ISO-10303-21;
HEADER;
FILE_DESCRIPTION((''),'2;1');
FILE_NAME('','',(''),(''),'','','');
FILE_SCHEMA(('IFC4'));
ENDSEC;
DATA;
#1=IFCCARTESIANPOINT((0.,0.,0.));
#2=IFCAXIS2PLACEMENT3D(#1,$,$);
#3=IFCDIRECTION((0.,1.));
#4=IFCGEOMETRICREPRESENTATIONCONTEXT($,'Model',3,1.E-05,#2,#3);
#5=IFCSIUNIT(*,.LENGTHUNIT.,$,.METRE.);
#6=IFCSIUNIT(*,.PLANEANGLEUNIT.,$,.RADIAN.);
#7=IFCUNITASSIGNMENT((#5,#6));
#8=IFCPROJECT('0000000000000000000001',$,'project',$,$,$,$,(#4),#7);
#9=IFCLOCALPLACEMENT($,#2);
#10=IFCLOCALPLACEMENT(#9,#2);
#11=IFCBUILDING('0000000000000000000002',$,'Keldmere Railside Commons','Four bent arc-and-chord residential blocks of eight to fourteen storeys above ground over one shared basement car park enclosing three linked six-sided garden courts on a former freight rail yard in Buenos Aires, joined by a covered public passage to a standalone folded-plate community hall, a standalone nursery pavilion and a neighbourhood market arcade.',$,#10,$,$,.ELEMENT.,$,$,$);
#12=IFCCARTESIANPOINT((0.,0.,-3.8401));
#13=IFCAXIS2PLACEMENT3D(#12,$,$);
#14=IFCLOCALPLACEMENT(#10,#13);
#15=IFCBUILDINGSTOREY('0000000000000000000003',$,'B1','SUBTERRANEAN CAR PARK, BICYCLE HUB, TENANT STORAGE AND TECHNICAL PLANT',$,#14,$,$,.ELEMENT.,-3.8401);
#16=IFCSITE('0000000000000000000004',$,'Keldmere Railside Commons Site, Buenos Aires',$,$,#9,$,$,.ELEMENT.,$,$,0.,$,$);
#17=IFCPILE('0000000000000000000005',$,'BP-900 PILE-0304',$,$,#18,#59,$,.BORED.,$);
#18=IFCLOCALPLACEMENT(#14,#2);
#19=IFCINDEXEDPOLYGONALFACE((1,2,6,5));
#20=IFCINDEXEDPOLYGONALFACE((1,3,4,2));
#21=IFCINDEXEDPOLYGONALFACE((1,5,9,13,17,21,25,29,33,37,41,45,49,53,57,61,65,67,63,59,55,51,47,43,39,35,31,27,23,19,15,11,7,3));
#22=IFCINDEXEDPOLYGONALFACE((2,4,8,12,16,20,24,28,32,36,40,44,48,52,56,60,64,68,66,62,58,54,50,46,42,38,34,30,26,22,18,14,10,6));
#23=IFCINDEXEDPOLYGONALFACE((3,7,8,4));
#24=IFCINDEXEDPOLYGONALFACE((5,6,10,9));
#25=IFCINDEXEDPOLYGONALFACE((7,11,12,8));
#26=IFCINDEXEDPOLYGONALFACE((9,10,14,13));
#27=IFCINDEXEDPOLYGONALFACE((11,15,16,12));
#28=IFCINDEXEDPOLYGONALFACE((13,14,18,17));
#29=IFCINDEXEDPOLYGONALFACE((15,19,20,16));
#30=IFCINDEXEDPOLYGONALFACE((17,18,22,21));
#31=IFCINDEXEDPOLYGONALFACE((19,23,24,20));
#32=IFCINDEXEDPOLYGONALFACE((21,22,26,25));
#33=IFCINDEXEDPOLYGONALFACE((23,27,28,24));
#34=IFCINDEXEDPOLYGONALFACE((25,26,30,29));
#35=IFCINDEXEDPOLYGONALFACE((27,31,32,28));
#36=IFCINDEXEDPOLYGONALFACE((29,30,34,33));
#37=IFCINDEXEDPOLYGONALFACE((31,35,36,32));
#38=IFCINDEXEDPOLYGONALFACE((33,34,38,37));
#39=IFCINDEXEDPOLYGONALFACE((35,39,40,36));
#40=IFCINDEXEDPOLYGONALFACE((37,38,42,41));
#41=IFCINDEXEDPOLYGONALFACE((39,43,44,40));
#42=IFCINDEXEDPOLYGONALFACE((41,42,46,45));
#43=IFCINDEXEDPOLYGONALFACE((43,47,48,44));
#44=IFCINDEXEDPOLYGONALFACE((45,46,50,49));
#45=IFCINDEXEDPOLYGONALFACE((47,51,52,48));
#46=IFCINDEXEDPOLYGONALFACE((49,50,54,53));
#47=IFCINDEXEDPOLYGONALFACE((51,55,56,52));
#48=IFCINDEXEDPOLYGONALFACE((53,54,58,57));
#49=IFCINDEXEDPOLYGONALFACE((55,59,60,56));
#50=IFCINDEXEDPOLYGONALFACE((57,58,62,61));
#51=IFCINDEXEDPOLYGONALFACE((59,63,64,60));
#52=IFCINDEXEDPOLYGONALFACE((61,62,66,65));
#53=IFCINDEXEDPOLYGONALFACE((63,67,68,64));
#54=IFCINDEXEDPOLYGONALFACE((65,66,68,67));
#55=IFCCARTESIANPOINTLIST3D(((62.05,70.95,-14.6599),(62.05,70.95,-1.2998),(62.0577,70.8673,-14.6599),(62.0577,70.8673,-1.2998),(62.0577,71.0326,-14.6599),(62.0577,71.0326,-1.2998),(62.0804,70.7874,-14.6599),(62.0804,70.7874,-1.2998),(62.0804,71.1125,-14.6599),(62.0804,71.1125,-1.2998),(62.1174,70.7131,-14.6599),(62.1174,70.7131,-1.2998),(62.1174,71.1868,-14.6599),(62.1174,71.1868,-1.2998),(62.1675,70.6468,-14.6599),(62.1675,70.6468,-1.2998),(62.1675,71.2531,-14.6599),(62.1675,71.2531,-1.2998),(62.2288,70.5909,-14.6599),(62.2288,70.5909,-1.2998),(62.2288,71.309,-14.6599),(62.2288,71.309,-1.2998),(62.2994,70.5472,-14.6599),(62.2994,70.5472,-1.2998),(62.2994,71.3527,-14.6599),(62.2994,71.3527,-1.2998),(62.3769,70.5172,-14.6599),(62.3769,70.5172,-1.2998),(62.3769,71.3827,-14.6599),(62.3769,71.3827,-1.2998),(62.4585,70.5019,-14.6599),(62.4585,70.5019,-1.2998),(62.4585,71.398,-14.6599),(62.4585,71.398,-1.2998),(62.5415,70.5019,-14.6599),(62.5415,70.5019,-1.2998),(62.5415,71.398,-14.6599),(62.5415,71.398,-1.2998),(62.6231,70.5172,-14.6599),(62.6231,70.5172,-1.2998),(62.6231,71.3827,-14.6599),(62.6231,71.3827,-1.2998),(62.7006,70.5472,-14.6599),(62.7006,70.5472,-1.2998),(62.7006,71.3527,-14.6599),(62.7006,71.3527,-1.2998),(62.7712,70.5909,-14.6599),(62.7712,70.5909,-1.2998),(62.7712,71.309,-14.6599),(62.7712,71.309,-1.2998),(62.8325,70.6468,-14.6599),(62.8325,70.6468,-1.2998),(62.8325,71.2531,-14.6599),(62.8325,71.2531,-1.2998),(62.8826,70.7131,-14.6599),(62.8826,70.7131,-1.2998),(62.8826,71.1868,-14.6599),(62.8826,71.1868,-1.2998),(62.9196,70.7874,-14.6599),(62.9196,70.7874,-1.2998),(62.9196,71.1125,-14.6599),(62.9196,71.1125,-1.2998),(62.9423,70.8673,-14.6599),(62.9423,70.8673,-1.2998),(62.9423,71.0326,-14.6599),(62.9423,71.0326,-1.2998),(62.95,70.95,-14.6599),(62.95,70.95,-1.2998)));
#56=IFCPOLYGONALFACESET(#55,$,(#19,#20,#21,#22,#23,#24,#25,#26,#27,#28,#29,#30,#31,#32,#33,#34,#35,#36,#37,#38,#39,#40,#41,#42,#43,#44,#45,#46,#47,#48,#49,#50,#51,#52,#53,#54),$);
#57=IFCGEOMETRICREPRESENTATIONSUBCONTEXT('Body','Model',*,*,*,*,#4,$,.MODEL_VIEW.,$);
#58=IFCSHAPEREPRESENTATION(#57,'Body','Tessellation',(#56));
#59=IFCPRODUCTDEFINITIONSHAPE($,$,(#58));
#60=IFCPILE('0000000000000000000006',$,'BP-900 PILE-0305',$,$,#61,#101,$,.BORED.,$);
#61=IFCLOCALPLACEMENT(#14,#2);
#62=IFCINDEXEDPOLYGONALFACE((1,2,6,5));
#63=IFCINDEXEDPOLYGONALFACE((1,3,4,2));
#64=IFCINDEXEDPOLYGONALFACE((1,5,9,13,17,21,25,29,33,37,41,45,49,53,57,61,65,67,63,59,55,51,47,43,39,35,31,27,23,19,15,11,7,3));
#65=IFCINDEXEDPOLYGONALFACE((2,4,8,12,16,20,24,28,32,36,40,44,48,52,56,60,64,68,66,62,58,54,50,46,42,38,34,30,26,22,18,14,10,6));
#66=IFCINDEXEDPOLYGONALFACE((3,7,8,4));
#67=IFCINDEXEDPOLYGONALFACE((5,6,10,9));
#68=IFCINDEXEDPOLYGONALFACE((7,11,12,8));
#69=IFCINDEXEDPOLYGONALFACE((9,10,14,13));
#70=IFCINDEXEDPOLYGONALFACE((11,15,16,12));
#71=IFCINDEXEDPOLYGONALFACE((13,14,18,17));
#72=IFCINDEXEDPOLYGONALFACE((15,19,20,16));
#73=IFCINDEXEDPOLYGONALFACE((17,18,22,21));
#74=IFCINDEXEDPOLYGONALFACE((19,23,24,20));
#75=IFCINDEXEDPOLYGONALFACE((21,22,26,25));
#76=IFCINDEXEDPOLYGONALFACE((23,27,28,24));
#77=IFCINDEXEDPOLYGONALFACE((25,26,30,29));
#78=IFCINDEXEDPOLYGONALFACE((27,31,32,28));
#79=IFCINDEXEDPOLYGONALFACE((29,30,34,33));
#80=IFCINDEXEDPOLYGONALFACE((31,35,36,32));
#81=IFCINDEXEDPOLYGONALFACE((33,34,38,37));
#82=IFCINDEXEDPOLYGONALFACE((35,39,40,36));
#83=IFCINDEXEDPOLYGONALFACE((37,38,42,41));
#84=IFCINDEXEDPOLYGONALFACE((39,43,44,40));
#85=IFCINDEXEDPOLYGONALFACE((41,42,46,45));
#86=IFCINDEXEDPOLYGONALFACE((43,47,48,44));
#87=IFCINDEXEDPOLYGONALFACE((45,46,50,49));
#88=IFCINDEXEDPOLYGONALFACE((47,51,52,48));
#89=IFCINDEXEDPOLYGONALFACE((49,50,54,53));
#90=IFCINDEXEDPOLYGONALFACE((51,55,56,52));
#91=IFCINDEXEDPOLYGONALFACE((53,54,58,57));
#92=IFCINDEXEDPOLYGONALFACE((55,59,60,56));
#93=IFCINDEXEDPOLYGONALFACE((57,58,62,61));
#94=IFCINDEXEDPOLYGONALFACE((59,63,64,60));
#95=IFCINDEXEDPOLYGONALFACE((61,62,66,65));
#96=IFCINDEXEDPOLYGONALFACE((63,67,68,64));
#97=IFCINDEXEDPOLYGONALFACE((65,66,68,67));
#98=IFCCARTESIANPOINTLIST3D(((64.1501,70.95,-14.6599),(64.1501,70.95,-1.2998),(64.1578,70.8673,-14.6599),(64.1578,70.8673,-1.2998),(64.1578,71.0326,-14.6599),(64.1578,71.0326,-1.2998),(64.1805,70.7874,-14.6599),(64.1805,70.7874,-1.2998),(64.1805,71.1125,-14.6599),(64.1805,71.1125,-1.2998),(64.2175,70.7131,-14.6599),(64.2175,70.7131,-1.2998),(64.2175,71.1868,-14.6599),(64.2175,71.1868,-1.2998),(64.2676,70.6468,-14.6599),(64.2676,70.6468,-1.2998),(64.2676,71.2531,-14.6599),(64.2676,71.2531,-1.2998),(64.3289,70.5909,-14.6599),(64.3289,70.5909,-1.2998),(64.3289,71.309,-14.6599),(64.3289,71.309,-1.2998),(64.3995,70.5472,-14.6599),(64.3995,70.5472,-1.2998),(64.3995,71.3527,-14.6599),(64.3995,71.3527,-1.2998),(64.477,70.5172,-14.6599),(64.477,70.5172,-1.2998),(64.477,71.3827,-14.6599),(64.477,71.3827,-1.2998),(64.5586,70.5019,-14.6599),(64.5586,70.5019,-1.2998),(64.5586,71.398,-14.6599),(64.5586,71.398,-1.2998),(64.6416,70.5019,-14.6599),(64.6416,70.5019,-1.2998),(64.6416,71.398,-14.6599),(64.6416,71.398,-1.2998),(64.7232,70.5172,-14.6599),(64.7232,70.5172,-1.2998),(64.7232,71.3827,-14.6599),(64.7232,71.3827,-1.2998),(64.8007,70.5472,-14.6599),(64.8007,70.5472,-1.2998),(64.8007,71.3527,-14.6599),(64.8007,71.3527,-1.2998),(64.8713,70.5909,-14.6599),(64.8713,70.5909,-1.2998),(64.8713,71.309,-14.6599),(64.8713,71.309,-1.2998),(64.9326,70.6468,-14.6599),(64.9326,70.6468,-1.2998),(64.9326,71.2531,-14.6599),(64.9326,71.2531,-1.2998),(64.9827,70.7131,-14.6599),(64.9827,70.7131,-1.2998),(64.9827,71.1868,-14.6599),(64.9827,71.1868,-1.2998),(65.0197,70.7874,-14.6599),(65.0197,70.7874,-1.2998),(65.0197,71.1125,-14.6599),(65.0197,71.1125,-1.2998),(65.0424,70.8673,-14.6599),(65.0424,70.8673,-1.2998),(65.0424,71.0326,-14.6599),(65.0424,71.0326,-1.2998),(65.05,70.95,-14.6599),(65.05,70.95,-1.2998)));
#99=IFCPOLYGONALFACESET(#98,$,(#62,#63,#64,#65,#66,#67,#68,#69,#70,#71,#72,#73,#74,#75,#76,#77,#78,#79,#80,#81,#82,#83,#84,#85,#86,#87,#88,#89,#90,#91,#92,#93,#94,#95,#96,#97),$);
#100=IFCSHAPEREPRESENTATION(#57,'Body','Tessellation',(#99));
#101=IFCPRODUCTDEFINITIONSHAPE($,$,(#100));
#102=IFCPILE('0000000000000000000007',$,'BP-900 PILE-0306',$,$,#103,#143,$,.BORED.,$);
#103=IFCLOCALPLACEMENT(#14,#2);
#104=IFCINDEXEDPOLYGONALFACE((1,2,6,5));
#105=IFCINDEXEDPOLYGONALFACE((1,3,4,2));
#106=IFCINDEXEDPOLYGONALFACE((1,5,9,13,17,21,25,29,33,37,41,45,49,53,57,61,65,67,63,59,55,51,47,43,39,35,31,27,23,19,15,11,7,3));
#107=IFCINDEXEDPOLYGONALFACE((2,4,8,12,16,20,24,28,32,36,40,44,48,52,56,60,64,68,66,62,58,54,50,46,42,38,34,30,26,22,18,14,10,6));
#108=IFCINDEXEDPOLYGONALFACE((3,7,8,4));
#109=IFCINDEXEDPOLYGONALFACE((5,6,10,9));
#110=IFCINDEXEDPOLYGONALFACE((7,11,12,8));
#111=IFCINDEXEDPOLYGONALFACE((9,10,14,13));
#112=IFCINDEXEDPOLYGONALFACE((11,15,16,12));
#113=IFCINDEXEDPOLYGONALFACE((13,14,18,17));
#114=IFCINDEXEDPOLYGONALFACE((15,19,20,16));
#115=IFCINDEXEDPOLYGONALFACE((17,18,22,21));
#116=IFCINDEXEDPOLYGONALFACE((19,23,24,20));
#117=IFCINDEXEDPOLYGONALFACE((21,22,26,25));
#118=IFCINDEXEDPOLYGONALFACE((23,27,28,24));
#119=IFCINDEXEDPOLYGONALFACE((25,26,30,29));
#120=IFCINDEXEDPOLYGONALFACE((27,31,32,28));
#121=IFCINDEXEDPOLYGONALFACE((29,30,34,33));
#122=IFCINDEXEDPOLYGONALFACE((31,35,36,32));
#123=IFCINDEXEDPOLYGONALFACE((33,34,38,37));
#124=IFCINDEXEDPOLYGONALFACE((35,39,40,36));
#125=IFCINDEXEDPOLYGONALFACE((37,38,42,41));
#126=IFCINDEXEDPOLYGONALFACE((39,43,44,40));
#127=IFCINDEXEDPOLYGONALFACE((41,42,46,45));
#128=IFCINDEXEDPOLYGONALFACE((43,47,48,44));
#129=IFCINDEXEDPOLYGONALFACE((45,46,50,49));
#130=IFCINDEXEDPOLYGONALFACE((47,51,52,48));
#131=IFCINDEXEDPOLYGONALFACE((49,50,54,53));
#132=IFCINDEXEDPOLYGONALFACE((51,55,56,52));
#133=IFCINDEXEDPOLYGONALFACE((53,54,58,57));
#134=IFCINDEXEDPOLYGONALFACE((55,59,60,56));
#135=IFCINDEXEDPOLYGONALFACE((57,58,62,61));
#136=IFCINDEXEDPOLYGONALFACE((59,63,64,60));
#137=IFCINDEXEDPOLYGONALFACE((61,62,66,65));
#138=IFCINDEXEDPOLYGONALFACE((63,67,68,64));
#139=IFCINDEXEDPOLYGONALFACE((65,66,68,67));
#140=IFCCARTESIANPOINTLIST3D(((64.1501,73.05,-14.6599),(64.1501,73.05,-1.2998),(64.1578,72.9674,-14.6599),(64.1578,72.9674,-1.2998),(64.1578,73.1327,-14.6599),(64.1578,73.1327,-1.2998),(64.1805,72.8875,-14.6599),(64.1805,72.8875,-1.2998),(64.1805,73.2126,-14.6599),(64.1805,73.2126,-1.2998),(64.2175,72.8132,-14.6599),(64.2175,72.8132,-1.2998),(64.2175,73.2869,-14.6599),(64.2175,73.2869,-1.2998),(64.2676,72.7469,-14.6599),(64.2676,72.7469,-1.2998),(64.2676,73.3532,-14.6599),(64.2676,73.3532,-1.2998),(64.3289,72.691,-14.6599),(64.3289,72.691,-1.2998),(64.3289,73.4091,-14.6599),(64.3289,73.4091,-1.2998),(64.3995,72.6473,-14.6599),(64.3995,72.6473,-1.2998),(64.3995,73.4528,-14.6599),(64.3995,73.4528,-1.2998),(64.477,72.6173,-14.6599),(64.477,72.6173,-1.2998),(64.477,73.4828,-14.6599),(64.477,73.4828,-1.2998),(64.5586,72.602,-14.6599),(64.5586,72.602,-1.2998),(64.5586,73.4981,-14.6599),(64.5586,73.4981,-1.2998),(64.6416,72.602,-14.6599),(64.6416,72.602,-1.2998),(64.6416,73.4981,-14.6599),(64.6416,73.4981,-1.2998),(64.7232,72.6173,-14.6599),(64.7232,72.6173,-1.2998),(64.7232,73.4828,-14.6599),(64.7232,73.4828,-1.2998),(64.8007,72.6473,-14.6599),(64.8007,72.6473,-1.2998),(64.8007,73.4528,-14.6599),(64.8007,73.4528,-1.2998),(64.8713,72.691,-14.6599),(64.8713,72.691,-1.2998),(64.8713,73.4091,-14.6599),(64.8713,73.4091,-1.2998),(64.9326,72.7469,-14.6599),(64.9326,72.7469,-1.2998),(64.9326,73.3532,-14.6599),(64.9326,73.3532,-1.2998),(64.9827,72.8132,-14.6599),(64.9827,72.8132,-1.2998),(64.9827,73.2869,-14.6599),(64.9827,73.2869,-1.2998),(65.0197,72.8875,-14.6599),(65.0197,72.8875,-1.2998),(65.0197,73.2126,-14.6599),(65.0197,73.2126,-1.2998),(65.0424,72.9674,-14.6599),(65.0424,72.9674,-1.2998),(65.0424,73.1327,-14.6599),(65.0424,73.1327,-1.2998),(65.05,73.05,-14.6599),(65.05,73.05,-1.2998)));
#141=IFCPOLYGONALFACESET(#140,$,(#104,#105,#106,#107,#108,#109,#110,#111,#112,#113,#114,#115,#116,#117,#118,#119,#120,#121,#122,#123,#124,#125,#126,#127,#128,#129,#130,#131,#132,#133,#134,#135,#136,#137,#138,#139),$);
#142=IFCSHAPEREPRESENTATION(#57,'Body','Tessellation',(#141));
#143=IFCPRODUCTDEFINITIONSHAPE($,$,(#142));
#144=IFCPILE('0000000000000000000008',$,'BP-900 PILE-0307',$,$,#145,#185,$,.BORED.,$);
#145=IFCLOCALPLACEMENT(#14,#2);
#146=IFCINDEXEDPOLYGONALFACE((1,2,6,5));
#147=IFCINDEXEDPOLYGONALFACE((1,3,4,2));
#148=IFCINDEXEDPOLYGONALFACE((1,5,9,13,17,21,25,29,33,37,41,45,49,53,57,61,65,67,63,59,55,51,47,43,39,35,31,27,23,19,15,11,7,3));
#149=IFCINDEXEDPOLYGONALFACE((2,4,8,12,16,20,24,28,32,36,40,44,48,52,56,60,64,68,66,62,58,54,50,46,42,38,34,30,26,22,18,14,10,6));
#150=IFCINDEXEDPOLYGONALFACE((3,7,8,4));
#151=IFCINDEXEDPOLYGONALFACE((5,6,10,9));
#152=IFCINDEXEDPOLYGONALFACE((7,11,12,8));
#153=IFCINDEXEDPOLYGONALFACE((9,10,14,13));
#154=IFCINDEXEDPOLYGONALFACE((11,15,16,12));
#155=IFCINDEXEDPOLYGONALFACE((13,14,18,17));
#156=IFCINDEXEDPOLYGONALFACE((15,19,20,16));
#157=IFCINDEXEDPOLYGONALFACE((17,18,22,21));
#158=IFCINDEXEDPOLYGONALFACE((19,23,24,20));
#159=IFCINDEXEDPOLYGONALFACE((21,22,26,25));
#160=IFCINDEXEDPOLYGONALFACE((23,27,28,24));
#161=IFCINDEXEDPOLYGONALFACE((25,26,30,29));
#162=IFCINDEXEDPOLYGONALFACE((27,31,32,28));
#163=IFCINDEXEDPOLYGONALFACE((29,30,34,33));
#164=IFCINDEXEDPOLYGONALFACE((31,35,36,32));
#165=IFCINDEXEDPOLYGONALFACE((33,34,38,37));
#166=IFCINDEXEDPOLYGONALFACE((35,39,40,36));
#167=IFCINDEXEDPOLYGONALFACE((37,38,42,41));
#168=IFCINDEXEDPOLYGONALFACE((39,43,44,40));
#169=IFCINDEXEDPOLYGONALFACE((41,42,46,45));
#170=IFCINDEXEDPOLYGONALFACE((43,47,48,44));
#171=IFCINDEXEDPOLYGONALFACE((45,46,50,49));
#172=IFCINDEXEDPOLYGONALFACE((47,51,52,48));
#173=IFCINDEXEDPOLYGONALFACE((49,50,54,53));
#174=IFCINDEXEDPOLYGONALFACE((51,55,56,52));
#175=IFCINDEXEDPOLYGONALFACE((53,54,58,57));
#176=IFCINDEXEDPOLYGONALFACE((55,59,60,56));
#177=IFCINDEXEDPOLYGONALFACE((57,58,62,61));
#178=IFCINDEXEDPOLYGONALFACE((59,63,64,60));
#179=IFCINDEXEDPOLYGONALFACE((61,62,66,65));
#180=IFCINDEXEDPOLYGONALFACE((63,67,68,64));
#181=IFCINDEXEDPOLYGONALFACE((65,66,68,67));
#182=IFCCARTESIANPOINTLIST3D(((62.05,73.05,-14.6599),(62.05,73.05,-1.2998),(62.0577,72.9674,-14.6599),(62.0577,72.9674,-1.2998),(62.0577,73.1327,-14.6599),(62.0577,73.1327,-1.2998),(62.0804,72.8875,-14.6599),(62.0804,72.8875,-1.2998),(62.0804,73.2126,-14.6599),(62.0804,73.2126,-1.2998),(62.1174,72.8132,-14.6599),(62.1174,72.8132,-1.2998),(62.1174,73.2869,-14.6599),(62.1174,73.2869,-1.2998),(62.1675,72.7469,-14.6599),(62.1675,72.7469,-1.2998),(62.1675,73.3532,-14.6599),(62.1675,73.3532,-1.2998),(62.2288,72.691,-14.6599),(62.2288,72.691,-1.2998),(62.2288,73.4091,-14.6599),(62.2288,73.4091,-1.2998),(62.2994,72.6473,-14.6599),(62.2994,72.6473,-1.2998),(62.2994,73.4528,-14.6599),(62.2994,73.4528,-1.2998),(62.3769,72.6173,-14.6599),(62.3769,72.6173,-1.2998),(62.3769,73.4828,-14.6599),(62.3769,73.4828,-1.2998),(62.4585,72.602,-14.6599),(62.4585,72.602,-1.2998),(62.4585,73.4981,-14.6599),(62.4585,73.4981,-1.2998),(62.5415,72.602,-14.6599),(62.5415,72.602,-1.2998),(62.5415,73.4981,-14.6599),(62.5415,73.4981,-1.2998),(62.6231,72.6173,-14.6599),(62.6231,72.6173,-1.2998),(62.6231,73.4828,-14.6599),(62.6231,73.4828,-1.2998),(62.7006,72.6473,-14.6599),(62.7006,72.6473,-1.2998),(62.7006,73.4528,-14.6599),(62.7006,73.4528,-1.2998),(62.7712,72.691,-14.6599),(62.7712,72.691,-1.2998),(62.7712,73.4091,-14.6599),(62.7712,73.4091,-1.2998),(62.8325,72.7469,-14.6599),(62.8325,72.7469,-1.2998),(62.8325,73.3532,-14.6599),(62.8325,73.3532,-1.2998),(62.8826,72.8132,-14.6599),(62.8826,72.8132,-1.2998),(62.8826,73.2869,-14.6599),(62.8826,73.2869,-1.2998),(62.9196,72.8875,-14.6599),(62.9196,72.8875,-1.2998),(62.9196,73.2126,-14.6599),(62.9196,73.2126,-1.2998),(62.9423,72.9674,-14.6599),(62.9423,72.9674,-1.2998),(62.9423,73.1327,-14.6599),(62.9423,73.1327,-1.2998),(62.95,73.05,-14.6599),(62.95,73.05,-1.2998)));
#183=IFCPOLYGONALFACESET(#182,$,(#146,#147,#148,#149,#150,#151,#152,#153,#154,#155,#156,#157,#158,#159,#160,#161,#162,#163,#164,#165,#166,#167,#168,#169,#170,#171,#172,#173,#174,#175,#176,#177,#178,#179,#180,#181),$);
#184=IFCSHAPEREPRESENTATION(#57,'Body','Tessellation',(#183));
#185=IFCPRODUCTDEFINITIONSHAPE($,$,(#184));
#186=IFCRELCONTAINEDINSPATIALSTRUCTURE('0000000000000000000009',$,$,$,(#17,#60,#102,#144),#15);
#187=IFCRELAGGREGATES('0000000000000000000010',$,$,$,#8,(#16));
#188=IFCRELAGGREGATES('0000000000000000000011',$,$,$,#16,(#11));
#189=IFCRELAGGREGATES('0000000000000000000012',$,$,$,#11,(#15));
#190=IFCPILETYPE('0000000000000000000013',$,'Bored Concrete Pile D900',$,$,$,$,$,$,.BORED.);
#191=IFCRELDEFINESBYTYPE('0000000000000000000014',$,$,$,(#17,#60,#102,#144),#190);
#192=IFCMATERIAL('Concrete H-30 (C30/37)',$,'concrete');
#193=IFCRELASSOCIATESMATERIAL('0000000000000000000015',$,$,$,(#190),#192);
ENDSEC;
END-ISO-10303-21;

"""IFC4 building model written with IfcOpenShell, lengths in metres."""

from ifc_helpers import new_model, si_unit, direction, frame, origin, origin_2d, place, context, subcontext, project, spatial, circle, extrude, material, material_profile, profile_set, type_object, element, save


model = new_model("IFC4")

# Units and contexts
model_context = context("Model", 3, precision=1e-05, world=origin(), true_north=direction((0.0, 1.0)))
body_context = subcontext(model_context, "Body", "Model", "MODEL_VIEW")
ifc_project = project(units=[si_unit("LENGTHUNIT", "METRE"), si_unit("PLANEANGLEUNIT", "RADIAN")], contexts=[model_context])

# Site, building, storey
site_placement = place(None, origin())
site = spatial("IfcSite", under=ifc_project, at=site_placement, Name="Keldmere Railside Commons Site, Buenos Aires", CompositionType="ELEMENT", RefElevation=0.0)
building_placement = place(site_placement, origin())
building = spatial("IfcBuilding", under=site, at=building_placement, Name="Keldmere Railside Commons", Description="Four bent arc-and-chord residential blocks of eight to fourteen storeys above ground over one shared basement car park enclosing three linked six-sided garden courts on a former freight rail yard in Buenos Aires, joined by a covered public passage to a standalone folded-plate community hall, a standalone nursery pavilion and a neighbourhood market arcade.", CompositionType="ELEMENT")
storey_placement = place(building_placement, frame((0.0, 0.0, -3.8401)))
storey = spatial("IfcBuildingStorey", under=building, at=storey_placement, Name="B1", Description="SUBTERRANEAN CAR PARK, BICYCLE HUB, TENANT STORAGE AND TECHNICAL PLANT", CompositionType="ELEMENT", Elevation=-3.8401)

# Piles
ifc_material_1 = material(Name="Concrete H-30 (C30/37)", Category="concrete")
ifc_material_profile_1 = material_profile(ifc_material_1, circle(Radius=0.45, at=origin_2d()), Name="PILE-D900")
ifc_profile_set_1 = profile_set([ifc_material_profile_1], Name="Concrete H-30 (C30/37)")
pile_type = type_object("IfcPileType", Name="Bored Concrete Pile D900", PredefinedType="BORED", material=ifc_profile_set_1)
for number, where, z_axis, x_axis, name in (
    (1, (62.5, 70.95, -1.2998), (0.0, 0.0, -1.0), (1.0, 0.0, 0.0), "BP-900 PILE-0304"),
    (2, (64.6001, 70.95, -1.2998), (0.0, 0.0, -1.0), (1.0, 0.0, 0.0), "BP-900 PILE-0305"),
    (3, (64.6001, 73.05, -1.2998), (0.0, 0.0, -1.0), (1.0, 0.0, 0.0), "BP-900 PILE-0306"),
    (4, (62.5, 73.05, -1.2998), (0.0, 0.0, -1.0), (1.0, 0.0, 0.0), "BP-900 PILE-0307"),
):
    element("IfcPile", number, at=place(storey_placement, frame(where, z_axis=z_axis, x_axis=x_axis)), inside=storey, type_object=pile_type, Name=name, PredefinedType="BORED", context=body_context, shape_type="SweptSolid", body=[
        extrude(circle(Radius=0.45, at=origin_2d()), origin(), (0.0, 0.0, 1.0), 13.3601),
    ])

save(model, "model.ifc")
